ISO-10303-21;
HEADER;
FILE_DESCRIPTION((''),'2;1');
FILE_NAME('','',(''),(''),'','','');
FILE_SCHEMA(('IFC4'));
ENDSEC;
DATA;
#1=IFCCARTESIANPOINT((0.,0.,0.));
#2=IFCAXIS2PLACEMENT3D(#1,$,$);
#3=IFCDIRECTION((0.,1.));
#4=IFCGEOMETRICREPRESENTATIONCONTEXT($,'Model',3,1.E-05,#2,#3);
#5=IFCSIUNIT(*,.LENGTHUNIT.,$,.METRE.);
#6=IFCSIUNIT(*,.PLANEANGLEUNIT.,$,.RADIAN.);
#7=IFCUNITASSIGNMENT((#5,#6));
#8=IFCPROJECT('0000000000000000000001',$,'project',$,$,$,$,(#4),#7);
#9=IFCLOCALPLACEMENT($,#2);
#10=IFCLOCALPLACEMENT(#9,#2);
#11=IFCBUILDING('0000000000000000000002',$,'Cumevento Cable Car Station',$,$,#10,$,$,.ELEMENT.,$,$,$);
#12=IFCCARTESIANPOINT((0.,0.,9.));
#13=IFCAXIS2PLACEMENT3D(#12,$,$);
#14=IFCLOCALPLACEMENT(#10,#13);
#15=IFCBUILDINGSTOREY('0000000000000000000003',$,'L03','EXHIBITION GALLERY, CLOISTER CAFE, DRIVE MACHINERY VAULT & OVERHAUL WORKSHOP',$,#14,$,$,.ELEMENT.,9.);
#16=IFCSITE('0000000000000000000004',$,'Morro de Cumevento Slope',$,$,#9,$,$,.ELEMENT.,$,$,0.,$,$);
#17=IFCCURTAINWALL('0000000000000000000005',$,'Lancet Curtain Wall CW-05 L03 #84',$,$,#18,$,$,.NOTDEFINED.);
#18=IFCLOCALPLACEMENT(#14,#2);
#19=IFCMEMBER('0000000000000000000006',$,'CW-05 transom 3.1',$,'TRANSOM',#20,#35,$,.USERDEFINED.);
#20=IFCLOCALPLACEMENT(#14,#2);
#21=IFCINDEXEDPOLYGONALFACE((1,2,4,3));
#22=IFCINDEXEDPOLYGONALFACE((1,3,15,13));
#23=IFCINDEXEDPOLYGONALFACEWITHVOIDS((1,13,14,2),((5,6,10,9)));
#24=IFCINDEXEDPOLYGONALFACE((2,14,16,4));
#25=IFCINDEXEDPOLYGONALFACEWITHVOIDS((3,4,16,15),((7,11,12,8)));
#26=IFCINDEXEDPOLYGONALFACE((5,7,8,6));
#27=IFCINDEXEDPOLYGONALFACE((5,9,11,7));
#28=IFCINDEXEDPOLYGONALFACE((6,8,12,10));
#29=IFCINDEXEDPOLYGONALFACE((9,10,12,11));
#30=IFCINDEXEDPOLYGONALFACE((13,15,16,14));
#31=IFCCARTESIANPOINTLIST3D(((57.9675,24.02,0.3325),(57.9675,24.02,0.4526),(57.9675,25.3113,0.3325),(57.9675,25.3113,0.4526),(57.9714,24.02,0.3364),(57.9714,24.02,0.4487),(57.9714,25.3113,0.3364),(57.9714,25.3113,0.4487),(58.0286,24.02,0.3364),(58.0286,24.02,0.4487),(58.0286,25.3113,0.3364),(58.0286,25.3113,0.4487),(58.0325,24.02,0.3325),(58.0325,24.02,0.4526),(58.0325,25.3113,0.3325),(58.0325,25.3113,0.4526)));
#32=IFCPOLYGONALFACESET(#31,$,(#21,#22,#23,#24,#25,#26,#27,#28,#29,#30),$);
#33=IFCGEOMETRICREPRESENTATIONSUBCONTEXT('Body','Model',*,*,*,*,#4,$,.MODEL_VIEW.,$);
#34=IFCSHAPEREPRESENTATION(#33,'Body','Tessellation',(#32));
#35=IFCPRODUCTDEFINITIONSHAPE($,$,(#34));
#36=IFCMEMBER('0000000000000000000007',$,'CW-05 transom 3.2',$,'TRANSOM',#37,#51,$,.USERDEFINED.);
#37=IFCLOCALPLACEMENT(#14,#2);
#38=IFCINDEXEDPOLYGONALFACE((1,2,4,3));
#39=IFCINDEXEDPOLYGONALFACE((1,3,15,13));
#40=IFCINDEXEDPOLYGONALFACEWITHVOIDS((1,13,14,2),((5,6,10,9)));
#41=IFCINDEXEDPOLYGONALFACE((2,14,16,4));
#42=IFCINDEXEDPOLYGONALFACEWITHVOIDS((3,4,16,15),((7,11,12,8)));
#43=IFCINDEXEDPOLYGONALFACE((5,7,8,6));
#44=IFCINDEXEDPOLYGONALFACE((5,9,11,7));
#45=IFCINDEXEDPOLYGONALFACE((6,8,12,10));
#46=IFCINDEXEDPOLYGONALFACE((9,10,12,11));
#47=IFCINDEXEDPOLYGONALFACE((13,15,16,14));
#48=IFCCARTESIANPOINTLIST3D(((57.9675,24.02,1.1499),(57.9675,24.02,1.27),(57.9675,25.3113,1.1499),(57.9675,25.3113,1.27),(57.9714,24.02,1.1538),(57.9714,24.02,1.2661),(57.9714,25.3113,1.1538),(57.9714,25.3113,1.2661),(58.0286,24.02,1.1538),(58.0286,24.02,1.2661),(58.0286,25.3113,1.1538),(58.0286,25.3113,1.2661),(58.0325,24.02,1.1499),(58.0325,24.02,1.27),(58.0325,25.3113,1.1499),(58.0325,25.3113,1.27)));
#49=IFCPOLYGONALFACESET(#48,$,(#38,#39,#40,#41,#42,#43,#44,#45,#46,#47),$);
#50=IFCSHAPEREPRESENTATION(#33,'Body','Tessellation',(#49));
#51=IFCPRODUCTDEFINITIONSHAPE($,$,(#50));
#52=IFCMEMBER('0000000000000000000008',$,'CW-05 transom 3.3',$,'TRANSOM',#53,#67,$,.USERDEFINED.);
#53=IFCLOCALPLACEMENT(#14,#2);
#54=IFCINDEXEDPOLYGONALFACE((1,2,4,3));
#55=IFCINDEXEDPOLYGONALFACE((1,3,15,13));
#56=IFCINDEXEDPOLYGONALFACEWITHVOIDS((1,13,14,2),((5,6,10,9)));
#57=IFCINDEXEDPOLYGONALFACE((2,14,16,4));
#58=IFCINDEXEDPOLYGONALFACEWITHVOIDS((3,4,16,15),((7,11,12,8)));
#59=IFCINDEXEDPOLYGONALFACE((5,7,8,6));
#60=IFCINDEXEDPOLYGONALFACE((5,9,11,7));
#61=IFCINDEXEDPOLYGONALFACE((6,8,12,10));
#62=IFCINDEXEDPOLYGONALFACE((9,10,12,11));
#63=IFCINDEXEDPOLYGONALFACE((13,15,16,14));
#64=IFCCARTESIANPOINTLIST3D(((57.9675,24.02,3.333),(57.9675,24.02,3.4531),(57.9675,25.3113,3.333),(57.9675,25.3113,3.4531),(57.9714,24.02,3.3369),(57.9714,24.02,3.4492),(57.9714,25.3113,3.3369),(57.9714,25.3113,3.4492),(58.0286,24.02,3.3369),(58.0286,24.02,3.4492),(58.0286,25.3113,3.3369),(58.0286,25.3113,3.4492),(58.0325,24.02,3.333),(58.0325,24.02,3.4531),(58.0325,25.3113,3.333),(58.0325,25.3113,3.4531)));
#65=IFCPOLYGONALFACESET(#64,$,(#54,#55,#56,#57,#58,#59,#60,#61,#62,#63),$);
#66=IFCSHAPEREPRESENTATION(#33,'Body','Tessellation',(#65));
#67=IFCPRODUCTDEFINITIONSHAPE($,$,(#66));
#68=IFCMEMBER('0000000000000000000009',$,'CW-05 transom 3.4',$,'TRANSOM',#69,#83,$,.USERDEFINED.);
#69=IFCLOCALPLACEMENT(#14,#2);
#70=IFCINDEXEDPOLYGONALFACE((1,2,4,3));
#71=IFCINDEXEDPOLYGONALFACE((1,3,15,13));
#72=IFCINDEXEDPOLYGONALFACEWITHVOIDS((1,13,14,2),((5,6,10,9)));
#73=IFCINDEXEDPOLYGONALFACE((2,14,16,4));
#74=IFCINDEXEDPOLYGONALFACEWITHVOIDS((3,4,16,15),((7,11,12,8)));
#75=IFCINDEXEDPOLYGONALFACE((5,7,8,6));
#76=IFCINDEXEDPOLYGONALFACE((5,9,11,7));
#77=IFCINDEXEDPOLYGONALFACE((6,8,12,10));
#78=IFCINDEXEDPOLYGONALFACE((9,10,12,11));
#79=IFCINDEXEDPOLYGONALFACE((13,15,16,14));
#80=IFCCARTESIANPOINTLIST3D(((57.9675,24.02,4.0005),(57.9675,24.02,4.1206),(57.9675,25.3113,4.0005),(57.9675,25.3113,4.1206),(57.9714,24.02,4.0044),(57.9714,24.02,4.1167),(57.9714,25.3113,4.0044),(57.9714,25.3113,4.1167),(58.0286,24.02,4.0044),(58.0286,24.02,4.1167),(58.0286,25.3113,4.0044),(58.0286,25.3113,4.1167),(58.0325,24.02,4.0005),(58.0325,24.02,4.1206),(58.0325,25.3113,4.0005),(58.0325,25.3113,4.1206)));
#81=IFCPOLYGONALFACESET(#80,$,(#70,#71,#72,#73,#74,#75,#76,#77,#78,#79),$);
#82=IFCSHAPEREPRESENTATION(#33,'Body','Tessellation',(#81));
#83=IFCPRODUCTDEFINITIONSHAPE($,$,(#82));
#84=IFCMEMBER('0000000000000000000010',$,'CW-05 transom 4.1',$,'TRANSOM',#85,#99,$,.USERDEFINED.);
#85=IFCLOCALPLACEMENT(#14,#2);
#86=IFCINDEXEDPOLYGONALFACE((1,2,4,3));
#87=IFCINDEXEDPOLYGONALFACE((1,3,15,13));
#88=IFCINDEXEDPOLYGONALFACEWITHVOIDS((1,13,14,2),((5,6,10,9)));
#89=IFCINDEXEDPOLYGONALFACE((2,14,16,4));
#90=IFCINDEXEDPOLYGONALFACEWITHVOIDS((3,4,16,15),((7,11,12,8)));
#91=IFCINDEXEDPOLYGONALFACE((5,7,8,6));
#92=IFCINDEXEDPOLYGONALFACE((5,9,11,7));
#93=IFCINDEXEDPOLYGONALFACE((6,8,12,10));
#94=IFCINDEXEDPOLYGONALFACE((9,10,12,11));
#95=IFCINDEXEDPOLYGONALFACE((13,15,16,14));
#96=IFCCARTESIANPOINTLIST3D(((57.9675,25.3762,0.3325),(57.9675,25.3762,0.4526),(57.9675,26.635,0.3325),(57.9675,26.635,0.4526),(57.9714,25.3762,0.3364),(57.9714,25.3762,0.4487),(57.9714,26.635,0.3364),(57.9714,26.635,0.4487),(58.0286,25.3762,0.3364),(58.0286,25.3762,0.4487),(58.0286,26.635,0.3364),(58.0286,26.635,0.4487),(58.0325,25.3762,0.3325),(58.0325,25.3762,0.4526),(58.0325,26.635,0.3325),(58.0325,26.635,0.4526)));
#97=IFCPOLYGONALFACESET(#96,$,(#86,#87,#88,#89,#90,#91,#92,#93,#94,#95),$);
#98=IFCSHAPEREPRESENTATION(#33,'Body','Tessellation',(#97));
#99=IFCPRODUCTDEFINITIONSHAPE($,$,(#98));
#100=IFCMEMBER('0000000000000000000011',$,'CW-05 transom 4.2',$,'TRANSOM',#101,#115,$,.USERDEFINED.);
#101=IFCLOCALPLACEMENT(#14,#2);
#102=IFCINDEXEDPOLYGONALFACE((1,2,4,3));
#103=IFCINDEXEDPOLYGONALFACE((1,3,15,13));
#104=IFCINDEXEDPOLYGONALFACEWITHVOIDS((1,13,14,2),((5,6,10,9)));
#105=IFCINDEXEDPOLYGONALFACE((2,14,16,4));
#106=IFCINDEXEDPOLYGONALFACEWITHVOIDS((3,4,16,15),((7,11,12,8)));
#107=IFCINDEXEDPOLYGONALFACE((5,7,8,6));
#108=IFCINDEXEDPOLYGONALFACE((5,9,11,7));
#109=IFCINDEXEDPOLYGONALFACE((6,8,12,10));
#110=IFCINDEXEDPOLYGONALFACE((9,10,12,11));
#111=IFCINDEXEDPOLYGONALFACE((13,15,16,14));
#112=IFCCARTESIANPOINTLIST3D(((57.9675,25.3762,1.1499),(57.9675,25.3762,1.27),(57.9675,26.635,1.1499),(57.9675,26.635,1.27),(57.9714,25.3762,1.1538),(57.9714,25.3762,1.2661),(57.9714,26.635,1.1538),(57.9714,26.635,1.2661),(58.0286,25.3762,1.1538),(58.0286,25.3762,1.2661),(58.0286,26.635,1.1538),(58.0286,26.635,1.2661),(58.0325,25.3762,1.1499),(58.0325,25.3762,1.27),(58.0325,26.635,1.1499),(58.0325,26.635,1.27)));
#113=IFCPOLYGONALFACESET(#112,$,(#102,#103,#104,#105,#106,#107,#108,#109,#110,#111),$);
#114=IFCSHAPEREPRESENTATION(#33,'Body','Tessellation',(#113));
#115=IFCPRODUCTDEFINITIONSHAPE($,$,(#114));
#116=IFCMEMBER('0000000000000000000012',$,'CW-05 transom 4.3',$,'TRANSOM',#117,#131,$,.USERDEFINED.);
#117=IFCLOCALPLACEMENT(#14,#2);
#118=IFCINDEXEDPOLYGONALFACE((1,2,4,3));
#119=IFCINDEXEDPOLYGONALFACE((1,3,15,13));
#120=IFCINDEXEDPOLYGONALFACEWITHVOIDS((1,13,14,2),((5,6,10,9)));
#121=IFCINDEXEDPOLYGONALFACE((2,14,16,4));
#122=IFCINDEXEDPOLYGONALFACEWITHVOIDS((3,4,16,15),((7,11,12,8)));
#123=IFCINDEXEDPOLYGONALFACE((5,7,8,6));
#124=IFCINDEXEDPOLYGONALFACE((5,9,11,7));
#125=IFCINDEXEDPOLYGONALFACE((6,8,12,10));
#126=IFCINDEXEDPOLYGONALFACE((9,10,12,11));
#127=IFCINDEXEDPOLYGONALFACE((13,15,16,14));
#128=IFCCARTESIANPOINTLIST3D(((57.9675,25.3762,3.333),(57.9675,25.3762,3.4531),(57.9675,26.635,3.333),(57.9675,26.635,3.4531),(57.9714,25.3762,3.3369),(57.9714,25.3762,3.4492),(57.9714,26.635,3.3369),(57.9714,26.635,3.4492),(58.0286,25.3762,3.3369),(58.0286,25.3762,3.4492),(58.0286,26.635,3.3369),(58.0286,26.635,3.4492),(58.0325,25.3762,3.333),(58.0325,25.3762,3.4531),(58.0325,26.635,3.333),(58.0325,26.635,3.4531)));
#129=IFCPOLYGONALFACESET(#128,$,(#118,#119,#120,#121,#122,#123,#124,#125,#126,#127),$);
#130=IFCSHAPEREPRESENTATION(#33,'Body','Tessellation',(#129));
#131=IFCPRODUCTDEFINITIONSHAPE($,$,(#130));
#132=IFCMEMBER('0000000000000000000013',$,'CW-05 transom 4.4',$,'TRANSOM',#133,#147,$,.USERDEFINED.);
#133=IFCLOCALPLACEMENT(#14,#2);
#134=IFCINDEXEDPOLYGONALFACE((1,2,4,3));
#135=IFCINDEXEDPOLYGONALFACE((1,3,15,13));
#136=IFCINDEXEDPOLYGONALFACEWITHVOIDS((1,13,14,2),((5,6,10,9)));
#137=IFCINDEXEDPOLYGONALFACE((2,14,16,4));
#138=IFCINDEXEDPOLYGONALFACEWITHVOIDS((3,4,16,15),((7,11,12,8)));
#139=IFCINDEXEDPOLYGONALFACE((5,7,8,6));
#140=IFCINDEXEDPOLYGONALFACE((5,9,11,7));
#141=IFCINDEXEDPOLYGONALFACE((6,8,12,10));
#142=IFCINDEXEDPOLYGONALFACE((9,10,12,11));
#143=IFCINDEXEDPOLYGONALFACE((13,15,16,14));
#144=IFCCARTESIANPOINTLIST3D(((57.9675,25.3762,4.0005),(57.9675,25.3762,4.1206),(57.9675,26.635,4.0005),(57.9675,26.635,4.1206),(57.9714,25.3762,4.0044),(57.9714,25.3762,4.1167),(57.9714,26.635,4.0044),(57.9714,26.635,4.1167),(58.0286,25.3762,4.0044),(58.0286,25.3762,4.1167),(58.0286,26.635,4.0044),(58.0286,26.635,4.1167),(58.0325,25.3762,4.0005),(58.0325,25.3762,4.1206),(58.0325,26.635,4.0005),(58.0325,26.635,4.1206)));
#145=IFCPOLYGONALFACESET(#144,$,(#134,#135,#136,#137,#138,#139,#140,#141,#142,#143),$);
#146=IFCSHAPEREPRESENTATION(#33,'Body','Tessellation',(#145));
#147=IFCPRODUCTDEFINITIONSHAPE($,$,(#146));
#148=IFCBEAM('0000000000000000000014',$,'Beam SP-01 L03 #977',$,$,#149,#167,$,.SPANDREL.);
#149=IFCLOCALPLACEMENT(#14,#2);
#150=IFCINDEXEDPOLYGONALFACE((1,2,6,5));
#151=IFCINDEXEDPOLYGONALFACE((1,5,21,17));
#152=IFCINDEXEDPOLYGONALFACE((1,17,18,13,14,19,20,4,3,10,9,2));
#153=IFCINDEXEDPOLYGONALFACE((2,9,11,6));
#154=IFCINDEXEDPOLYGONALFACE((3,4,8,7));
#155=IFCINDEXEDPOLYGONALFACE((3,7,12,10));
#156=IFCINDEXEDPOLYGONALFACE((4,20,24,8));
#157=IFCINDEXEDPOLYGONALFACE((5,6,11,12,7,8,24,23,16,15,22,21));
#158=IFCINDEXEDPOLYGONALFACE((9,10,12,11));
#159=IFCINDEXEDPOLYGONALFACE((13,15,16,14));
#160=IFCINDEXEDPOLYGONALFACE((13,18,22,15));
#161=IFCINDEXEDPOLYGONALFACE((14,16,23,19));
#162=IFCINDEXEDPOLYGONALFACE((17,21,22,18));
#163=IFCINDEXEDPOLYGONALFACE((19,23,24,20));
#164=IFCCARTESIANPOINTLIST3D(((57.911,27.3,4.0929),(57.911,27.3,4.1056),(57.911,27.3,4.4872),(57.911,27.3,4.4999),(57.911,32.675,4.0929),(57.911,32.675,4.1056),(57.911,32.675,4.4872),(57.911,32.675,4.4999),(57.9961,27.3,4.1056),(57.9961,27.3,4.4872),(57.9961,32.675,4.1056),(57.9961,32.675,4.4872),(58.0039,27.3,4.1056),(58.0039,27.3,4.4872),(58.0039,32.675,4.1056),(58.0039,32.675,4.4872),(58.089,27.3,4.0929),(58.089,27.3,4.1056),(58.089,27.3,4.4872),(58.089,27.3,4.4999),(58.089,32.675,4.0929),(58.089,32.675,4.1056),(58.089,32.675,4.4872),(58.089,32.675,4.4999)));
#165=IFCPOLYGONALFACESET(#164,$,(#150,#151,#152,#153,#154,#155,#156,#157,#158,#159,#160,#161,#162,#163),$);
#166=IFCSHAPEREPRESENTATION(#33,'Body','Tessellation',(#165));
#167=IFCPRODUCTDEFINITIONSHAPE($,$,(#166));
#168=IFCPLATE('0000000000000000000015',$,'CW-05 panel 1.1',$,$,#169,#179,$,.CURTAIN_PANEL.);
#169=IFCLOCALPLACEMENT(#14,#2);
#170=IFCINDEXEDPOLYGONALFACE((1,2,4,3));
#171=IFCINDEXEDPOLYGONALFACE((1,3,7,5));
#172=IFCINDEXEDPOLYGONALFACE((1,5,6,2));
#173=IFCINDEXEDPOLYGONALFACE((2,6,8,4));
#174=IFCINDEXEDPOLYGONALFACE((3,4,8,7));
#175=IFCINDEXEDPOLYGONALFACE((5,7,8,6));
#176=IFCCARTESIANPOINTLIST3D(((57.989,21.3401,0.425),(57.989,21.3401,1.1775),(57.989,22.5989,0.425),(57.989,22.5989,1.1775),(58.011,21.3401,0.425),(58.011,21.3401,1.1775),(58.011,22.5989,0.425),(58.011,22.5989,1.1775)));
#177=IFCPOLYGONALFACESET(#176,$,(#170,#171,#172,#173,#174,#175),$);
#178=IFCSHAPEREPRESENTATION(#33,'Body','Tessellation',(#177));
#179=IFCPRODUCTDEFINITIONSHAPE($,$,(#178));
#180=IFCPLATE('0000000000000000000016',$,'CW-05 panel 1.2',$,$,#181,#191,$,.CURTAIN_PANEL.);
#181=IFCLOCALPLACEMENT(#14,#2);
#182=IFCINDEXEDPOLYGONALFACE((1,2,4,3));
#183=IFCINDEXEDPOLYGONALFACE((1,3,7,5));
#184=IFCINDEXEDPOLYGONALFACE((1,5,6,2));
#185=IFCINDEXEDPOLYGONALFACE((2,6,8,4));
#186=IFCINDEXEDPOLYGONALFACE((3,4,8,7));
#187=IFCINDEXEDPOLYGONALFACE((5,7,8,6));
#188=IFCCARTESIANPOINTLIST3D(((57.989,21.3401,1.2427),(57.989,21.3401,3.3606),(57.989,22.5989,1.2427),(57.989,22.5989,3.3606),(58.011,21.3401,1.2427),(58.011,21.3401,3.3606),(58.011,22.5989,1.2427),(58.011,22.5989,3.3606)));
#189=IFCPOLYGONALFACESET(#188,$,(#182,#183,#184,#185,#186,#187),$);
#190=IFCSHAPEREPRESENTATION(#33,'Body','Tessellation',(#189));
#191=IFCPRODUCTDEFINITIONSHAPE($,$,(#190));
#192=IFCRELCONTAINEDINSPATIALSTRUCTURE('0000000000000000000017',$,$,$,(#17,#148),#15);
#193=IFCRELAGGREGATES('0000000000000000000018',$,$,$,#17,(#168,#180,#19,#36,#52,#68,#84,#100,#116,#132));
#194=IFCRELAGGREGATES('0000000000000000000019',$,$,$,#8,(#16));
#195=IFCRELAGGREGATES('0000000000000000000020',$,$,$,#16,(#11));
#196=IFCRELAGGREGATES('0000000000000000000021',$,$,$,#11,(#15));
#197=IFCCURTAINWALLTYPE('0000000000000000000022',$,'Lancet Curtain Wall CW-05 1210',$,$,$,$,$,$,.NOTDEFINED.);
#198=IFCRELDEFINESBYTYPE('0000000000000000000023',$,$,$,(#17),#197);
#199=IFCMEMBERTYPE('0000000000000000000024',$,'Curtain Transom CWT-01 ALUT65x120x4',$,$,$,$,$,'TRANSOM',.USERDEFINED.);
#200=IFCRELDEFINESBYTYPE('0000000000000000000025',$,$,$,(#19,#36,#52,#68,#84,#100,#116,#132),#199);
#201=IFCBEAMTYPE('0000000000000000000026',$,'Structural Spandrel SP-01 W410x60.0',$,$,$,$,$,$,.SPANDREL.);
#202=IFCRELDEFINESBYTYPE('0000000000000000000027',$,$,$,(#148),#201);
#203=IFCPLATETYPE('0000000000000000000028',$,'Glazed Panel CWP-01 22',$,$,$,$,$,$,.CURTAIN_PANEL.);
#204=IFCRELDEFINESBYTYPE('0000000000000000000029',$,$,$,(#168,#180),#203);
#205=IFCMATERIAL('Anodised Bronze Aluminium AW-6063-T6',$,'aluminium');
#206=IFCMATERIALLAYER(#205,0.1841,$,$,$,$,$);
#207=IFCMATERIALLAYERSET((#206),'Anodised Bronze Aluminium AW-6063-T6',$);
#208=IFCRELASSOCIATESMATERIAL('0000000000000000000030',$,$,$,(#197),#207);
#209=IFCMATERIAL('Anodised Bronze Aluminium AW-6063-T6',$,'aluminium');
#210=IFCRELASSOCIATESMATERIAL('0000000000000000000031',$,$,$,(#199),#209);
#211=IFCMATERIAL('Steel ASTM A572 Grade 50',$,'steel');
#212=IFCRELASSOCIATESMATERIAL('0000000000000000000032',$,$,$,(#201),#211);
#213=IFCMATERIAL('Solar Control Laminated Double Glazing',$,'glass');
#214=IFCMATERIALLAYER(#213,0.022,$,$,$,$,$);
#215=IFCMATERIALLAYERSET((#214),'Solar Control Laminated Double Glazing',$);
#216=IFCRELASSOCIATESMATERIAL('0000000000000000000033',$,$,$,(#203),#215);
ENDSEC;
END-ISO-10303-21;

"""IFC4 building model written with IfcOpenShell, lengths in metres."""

from ifc_helpers import new_model, si_unit, direction, frame, origin, origin_2d, place, context, subcontext, project, spatial, rectangle, hollow_rectangle, i_section, extrude, material, layer, layer_set, material_profile, profile_set, type_object, element, aggregate, save


model = new_model("IFC4")

# Units and contexts
model_context = context("Model", 3, precision=1e-05, world=origin(), true_north=direction((0.0, 1.0)))
body_context = subcontext(model_context, "Body", "Model", "MODEL_VIEW")
ifc_project = project(units=[si_unit("LENGTHUNIT", "METRE"), si_unit("PLANEANGLEUNIT", "RADIAN")], contexts=[model_context])

# Site, building, storey
site_placement = place(None, origin())
site = spatial("IfcSite", under=ifc_project, at=site_placement, Name="Morro de Cumevento Slope", CompositionType="ELEMENT", RefElevation=0.0)
building_placement = place(site_placement, origin())
building = spatial("IfcBuilding", under=site, at=building_placement, Name="Cumevento Cable Car Station", CompositionType="ELEMENT")
storey_placement = place(building_placement, frame((0.0, 0.0, 9.0)))
storey = spatial("IfcBuildingStorey", under=building, at=storey_placement, Name="L03", Description="EXHIBITION GALLERY, CLOISTER CAFE, DRIVE MACHINERY VAULT & OVERHAUL WORKSHOP", CompositionType="ELEMENT", Elevation=9.0)

# Curtain wall, members
ifc_material_1 = material(Name="Anodised Bronze Aluminium AW-6063-T6", Category="aluminium")
ifc_layer_1 = layer(ifc_material_1, 0.1841)
ifc_layer_set_1 = layer_set([ifc_layer_1], Name="Anodised Bronze Aluminium AW-6063-T6")
curtain_wall_type = type_object("IfcCurtainWallType", Name="Lancet Curtain Wall CW-05 1210", PredefinedType="NOTDEFINED", material=ifc_layer_set_1)
curtain_wall_placement = place(storey_placement, origin())
curtain_wall = element("IfcCurtainWall", 1, at=curtain_wall_placement, inside=storey, type_object=curtain_wall_type, Name="Lancet Curtain Wall CW-05 L03 #84", PredefinedType="NOTDEFINED")
ifc_material_2 = material(Name="Anodised Bronze Aluminium AW-6063-T6", Category="aluminium")
ifc_material_profile_1 = material_profile(ifc_material_2, hollow_rectangle(XDim=0.0649, YDim=0.1201, WallThickness=0.0039, at=origin_2d()), Name="ALUT65x120x4")
ifc_profile_set_1 = profile_set([ifc_material_profile_1], Name="Anodised Bronze Aluminium AW-6063-T6")
member_type_1 = type_object("IfcMemberType", Name="Curtain Transom CWT-01 ALUT65x120x4", ElementType="TRANSOM", PredefinedType="USERDEFINED", material=ifc_profile_set_1)
member_1_placement = place(storey_placement, frame((58.0, 24.02, 0.3926), z_axis=(0.0, 1.0, 0.0), x_axis=(-1.0, 0.0, 0.0)))
member_1 = element("IfcMember", 2, at=member_1_placement, type_object=member_type_1, Name="CW-05 transom 3.1", ObjectType="TRANSOM", PredefinedType="USERDEFINED", context=body_context, shape_type="SweptSolid", body=[
    extrude(hollow_rectangle(XDim=0.0649, YDim=0.1201, WallThickness=0.0039, at=origin_2d()), origin(), (0.0, 0.0, 1.0), 1.2913),
])
member_2_placement = place(storey_placement, frame((58.0, 24.02, 1.21), z_axis=(0.0, 1.0, 0.0), x_axis=(-1.0, 0.0, 0.0)))
member_2 = element("IfcMember", 3, at=member_2_placement, type_object=member_type_1, Name="CW-05 transom 3.2", ObjectType="TRANSOM", PredefinedType="USERDEFINED", context=body_context, shape_type="SweptSolid", body=[
    extrude(hollow_rectangle(XDim=0.0649, YDim=0.1201, WallThickness=0.0039, at=origin_2d()), origin(), (0.0, 0.0, 1.0), 1.2913),
])
member_3_placement = place(storey_placement, frame((58.0, 24.02, 3.3931), z_axis=(0.0, 1.0, 0.0), x_axis=(-1.0, 0.0, 0.0)))
member_3 = element("IfcMember", 4, at=member_3_placement, type_object=member_type_1, Name="CW-05 transom 3.3", ObjectType="TRANSOM", PredefinedType="USERDEFINED", context=body_context, shape_type="SweptSolid", body=[
    extrude(hollow_rectangle(XDim=0.0649, YDim=0.1201, WallThickness=0.0039, at=origin_2d()), origin(), (0.0, 0.0, 1.0), 1.2913),
])
member_4_placement = place(storey_placement, frame((58.0, 24.02, 4.0605), z_axis=(0.0, 1.0, 0.0), x_axis=(-1.0, 0.0, 0.0)))
member_4 = element("IfcMember", 5, at=member_4_placement, type_object=member_type_1, Name="CW-05 transom 3.4", ObjectType="TRANSOM", PredefinedType="USERDEFINED", context=body_context, shape_type="SweptSolid", body=[
    extrude(hollow_rectangle(XDim=0.0649, YDim=0.1201, WallThickness=0.0039, at=origin_2d()), origin(), (0.0, 0.0, 1.0), 1.2913),
])
member_5_placement = place(storey_placement, frame((58.0, 25.3762, 0.3926), z_axis=(0.0, 1.0, 0.0), x_axis=(-1.0, 0.0, 0.0)))
member_5 = element("IfcMember", 6, at=member_5_placement, type_object=member_type_1, Name="CW-05 transom 4.1", ObjectType="TRANSOM", PredefinedType="USERDEFINED", context=body_context, shape_type="SweptSolid", body=[
    extrude(hollow_rectangle(XDim=0.0649, YDim=0.1201, WallThickness=0.0039, at=origin_2d()), origin(), (0.0, 0.0, 1.0), 1.2588),
])
member_6_placement = place(storey_placement, frame((58.0, 25.3762, 1.21), z_axis=(0.0, 1.0, 0.0), x_axis=(-1.0, 0.0, 0.0)))
member_6 = element("IfcMember", 7, at=member_6_placement, type_object=member_type_1, Name="CW-05 transom 4.2", ObjectType="TRANSOM", PredefinedType="USERDEFINED", context=body_context, shape_type="SweptSolid", body=[
    extrude(hollow_rectangle(XDim=0.0649, YDim=0.1201, WallThickness=0.0039, at=origin_2d()), origin(), (0.0, 0.0, 1.0), 1.2588),
])
member_7_placement = place(storey_placement, frame((58.0, 25.3762, 3.3931), z_axis=(0.0, 1.0, 0.0), x_axis=(-1.0, 0.0, 0.0)))
member_7 = element("IfcMember", 8, at=member_7_placement, type_object=member_type_1, Name="CW-05 transom 4.3", ObjectType="TRANSOM", PredefinedType="USERDEFINED", context=body_context, shape_type="SweptSolid", body=[
    extrude(hollow_rectangle(XDim=0.0649, YDim=0.1201, WallThickness=0.0039, at=origin_2d()), origin(), (0.0, 0.0, 1.0), 1.2588),
])
member_8_placement = place(storey_placement, frame((58.0, 25.3762, 4.0605), z_axis=(0.0, 1.0, 0.0), x_axis=(-1.0, 0.0, 0.0)))
member_8 = element("IfcMember", 9, at=member_8_placement, type_object=member_type_1, Name="CW-05 transom 4.4", ObjectType="TRANSOM", PredefinedType="USERDEFINED", context=body_context, shape_type="SweptSolid", body=[
    extrude(hollow_rectangle(XDim=0.0649, YDim=0.1201, WallThickness=0.0039, at=origin_2d()), origin(), (0.0, 0.0, 1.0), 1.2588),
])

# Beam
ifc_material_3 = material(Name="Steel ASTM A572 Grade 50", Category="steel")
ifc_material_profile_2 = material_profile(ifc_material_3, i_section(OverallWidth=0.178, OverallDepth=0.407, WebThickness=0.0078, FlangeThickness=0.0127, at=origin_2d()), Name="W410x60.0")
ifc_profile_set_2 = profile_set([ifc_material_profile_2], Name="Steel ASTM A572 Grade 50")
beam_type = type_object("IfcBeamType", Name="Structural Spandrel SP-01 W410x60.0", PredefinedType="SPANDREL", material=ifc_profile_set_2)
beam_placement = place(storey_placement, frame((58.0, 27.3, 4.2964), z_axis=(0.0, 1.0, 0.0), x_axis=(-1.0, 0.0, 0.0)))
element("IfcBeam", 10, at=beam_placement, inside=storey, type_object=beam_type, Name="Beam SP-01 L03 #977", PredefinedType="SPANDREL", context=body_context, shape_type="SweptSolid", body=[
    extrude(i_section(OverallWidth=0.178, OverallDepth=0.407, WebThickness=0.0078, FlangeThickness=0.0127, at=origin_2d()), origin(), (0.0, 0.0, 1.0), 5.375),
])

# Plates
ifc_material_4 = material(Name="Solar Control Laminated Double Glazing", Category="glass")
ifc_layer_2 = layer(ifc_material_4, 0.022)
ifc_layer_set_2 = layer_set([ifc_layer_2], Name="Solar Control Laminated Double Glazing")
plate_type = type_object("IfcPlateType", Name="Glazed Panel CWP-01 22", PredefinedType="CURTAIN_PANEL", material=ifc_layer_set_2)
plate_1_placement = place(storey_placement, frame((58.0, 21.9695, 0.425), z_axis=(0.0, 0.0, 1.0), x_axis=(0.0, 1.0, 0.0)))
plate_1 = element("IfcPlate", 11, at=plate_1_placement, type_object=plate_type, Name="CW-05 panel 1.1", PredefinedType="CURTAIN_PANEL", context=body_context, shape_type="SweptSolid", body=[
    extrude(rectangle(XDim=1.2588, YDim=0.022, at=origin_2d()), origin(), (0.0, 0.0, 1.0), 0.7524),
])
plate_2_placement = place(storey_placement, frame((58.0, 21.9695, 1.2427), z_axis=(0.0, 0.0, 1.0), x_axis=(0.0, 1.0, 0.0)))
plate_2 = element("IfcPlate", 12, at=plate_2_placement, type_object=plate_type, Name="CW-05 panel 1.2", PredefinedType="CURTAIN_PANEL", context=body_context, shape_type="SweptSolid", body=[
    extrude(rectangle(XDim=1.2588, YDim=0.022, at=origin_2d()), origin(), (0.0, 0.0, 1.0), 2.1179),
])
aggregate(curtain_wall, [plate_1, plate_2, member_1, member_2, member_3, member_4, member_5, member_6, member_7, member_8])

save(model, "model.ifc")
